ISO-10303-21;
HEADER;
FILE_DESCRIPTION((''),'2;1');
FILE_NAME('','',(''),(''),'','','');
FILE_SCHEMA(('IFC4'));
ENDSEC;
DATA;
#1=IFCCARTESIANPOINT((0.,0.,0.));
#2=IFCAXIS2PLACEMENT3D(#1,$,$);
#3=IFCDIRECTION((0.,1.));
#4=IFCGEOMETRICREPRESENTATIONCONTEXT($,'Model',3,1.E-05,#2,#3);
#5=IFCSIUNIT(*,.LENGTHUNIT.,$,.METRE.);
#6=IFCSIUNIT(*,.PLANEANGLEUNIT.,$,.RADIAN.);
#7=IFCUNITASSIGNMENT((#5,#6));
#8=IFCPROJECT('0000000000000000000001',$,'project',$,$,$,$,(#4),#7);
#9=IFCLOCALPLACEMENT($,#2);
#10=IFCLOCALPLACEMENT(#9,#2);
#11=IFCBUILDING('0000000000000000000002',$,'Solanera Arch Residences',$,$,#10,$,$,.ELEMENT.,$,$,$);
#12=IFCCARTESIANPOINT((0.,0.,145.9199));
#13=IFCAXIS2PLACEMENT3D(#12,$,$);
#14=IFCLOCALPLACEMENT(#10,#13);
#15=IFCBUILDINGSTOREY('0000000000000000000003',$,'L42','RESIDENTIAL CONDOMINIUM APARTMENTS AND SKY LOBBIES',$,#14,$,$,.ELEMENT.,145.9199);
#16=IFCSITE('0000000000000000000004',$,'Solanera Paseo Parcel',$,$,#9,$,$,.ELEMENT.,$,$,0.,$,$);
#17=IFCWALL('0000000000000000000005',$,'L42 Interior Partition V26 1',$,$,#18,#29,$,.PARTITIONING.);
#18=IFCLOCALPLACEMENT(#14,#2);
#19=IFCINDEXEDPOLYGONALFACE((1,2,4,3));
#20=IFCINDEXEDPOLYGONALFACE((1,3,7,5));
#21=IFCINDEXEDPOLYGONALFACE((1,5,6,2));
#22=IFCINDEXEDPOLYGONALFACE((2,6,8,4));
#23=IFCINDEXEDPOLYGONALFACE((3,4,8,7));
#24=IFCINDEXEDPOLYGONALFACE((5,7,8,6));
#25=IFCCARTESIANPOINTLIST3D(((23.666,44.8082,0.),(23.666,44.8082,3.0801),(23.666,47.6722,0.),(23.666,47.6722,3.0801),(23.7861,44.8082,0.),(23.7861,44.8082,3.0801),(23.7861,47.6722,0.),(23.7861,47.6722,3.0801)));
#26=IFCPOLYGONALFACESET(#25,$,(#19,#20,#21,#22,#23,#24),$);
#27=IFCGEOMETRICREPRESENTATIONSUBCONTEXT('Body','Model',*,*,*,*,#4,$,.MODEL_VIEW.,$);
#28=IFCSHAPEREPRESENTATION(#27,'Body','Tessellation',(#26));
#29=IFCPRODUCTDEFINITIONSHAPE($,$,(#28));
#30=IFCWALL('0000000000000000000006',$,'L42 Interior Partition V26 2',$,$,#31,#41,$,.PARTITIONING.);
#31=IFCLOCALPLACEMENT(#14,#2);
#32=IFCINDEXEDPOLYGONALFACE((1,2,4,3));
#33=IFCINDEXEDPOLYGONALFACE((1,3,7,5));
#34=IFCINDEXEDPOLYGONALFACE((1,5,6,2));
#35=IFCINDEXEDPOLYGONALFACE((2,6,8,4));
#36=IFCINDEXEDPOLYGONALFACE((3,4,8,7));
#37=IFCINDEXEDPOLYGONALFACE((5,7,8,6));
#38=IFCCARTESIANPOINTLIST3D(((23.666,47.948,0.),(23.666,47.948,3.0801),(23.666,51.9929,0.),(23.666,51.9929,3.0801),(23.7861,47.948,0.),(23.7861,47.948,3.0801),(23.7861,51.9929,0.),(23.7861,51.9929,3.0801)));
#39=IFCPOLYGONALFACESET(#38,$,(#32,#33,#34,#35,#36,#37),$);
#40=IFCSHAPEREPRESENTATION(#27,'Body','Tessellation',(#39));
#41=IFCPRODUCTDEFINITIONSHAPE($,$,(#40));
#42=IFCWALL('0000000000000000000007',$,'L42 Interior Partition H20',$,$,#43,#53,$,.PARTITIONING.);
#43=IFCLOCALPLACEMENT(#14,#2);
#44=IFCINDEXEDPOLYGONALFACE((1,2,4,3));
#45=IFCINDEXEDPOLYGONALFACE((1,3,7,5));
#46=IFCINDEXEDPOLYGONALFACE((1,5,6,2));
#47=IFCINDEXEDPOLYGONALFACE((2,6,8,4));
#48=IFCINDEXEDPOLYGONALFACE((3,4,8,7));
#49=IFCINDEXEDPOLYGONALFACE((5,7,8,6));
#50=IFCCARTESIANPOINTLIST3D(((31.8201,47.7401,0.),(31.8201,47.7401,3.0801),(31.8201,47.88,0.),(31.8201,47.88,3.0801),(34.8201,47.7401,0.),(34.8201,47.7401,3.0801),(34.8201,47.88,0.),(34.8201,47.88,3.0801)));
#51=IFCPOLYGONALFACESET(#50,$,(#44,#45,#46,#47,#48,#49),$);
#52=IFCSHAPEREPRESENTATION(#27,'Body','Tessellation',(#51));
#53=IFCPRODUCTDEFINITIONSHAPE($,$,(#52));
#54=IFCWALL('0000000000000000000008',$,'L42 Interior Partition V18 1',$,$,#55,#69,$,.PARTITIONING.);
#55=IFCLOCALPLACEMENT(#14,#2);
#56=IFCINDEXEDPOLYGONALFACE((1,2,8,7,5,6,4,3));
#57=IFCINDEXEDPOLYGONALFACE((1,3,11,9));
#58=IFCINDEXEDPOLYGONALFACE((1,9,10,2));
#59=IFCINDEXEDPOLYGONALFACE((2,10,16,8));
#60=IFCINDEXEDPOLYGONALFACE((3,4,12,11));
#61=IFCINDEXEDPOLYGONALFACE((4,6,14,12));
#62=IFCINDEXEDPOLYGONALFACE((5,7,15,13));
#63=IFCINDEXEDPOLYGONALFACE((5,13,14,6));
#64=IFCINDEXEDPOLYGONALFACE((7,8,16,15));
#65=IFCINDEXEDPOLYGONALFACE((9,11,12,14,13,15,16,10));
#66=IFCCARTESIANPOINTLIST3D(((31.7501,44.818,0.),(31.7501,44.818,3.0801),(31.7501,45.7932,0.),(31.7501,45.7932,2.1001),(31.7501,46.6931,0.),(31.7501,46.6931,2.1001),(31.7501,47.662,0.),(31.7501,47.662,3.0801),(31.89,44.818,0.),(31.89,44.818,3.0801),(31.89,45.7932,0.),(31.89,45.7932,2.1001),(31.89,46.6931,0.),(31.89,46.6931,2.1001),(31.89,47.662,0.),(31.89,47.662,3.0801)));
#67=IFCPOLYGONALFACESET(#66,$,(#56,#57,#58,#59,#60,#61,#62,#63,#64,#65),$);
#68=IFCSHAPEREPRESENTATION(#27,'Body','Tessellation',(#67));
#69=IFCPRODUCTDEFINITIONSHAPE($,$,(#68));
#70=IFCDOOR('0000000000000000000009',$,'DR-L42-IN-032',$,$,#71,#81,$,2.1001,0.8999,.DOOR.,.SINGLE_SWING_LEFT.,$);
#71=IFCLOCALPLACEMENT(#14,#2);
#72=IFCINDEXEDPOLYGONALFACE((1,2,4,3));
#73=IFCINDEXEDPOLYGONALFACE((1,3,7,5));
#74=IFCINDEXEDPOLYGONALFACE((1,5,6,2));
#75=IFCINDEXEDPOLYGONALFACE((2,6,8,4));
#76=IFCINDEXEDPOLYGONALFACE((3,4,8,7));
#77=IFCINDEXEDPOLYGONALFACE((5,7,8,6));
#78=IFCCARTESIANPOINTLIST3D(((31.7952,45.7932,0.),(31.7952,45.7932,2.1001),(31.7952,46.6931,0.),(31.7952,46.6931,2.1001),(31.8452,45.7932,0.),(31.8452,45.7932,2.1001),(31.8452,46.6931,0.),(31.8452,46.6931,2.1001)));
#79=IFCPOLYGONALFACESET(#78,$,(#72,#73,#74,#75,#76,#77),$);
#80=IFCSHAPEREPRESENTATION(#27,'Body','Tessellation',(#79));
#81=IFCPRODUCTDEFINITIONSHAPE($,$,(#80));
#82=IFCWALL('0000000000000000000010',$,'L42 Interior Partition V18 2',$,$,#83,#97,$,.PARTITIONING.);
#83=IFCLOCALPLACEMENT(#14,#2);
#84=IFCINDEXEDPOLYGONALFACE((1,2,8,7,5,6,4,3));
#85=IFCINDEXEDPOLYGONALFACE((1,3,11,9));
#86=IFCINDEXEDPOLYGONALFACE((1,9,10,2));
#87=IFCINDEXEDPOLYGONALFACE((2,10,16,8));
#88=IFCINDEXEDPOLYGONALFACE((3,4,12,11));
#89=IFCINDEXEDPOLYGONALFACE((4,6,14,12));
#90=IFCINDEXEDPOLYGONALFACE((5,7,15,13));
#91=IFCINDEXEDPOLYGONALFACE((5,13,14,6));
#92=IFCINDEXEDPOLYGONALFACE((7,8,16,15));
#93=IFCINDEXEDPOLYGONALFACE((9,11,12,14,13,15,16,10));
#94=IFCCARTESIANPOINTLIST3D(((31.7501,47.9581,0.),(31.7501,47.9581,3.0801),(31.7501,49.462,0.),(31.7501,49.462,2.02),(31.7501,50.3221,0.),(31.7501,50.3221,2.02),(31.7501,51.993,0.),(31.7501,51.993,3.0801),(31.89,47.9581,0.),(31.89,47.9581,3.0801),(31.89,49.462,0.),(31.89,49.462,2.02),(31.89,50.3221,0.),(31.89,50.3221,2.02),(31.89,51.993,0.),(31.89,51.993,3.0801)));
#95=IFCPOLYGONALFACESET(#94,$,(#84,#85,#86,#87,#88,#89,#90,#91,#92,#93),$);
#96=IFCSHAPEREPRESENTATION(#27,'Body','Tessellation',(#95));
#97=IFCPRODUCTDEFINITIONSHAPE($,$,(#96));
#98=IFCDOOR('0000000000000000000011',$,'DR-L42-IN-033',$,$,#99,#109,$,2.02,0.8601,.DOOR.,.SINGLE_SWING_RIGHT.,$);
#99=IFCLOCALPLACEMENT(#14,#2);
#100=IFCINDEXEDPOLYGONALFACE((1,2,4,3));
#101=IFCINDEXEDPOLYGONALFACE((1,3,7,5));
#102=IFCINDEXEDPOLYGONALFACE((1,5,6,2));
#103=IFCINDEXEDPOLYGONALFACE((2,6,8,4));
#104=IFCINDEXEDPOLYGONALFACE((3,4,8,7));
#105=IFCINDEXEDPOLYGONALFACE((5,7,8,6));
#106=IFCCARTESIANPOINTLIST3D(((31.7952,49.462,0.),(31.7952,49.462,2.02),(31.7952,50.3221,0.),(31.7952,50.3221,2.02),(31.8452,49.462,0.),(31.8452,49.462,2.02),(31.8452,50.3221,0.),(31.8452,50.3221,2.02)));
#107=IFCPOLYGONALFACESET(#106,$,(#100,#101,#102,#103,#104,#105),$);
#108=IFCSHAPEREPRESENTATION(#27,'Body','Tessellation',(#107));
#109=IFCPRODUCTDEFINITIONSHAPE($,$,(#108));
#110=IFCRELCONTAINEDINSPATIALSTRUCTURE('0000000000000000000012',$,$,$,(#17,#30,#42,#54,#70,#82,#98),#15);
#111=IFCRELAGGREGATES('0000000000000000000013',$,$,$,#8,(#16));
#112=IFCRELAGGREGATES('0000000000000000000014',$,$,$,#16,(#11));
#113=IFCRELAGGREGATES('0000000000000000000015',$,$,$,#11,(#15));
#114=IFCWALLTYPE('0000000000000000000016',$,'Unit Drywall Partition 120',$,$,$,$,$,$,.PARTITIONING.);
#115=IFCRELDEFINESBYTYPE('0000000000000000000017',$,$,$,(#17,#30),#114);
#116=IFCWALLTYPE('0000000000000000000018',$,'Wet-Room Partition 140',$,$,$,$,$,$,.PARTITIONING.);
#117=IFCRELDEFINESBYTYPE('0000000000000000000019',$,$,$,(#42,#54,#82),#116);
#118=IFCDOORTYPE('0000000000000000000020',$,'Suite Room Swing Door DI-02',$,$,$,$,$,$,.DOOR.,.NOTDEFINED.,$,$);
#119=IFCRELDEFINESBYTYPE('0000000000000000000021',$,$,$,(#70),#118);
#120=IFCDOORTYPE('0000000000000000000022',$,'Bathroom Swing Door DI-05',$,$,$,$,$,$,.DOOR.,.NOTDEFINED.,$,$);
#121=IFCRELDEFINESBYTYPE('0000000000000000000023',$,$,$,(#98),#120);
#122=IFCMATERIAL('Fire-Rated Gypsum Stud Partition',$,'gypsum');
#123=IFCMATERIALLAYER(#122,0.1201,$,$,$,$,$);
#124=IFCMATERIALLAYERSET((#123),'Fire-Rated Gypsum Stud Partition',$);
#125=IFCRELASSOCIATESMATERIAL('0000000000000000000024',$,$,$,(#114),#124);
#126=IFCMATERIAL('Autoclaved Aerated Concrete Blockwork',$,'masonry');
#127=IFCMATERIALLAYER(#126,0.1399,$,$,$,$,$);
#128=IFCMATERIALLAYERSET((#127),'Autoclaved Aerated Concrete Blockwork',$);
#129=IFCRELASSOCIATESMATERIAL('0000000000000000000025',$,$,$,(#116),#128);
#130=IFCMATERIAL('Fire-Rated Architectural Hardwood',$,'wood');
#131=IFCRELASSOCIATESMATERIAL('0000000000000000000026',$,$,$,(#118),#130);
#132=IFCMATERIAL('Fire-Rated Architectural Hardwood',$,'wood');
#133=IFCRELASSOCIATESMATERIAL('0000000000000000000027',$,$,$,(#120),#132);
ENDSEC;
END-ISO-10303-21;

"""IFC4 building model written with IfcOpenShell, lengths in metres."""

from ifc_helpers import new_model, si_unit, direction, frame, frame_2d, origin, place, context, subcontext, project, spatial, rectangle, extrude, material, layer, layer_set, type_object, element, fill, save


model = new_model("IFC4")

# Units and contexts
model_context = context("Model", 3, precision=1e-05, world=origin(), true_north=direction((0.0, 1.0)))
body_context = subcontext(model_context, "Body", "Model", "MODEL_VIEW")
ifc_project = project(units=[si_unit("LENGTHUNIT", "METRE"), si_unit("PLANEANGLEUNIT", "RADIAN")], contexts=[model_context])

# Site, building, storey
site_placement = place(None, origin())
site = spatial("IfcSite", under=ifc_project, at=site_placement, Name="Solanera Paseo Parcel", CompositionType="ELEMENT", RefElevation=0.0)
building_placement = place(site_placement, origin())
building = spatial("IfcBuilding", under=site, at=building_placement, Name="Solanera Arch Residences", CompositionType="ELEMENT")
storey_placement = place(building_placement, frame((0.0, 0.0, 145.9199)))
storey = spatial("IfcBuildingStorey", under=building, at=storey_placement, Name="L42", Description="RESIDENTIAL CONDOMINIUM APARTMENTS AND SKY LOBBIES", CompositionType="ELEMENT", Elevation=145.9199)

# Walls
ifc_material_1 = material(Name="Fire-Rated Gypsum Stud Partition", Category="gypsum")
ifc_layer_1 = layer(ifc_material_1, 0.1201)
ifc_layer_set_1 = layer_set([ifc_layer_1], Name="Fire-Rated Gypsum Stud Partition")
wall_type_1 = type_object("IfcWallType", Name="Unit Drywall Partition 120", PredefinedType="PARTITIONING", material=ifc_layer_set_1)
wall_1_placement = place(storey_placement, frame((23.7261, 44.8081, 0.0), z_axis=(0.0, 0.0, 1.0), x_axis=(0.0, 1.0, 0.0)))
element("IfcWall", 1, at=wall_1_placement, inside=storey, type_object=wall_type_1, Name="L42 Interior Partition V26 1", PredefinedType="PARTITIONING", context=body_context, shape_type="SweptSolid", body=[
    extrude(rectangle(XDim=2.864, YDim=0.1201, at=frame_2d((1.4321, 0.0))), origin(), (0.0, 0.0, 1.0), 3.0801),
])
wall_2_placement = place(storey_placement, frame((23.7261, 47.948, 0.0), z_axis=(0.0, 0.0, 1.0), x_axis=(0.0, 1.0, 0.0)))
element("IfcWall", 2, at=wall_2_placement, inside=storey, type_object=wall_type_1, Name="L42 Interior Partition V26 2", PredefinedType="PARTITIONING", context=body_context, shape_type="SweptSolid", body=[
    extrude(rectangle(XDim=4.0449, YDim=0.1201, at=frame_2d((2.0225, 0.0))), origin(), (0.0, 0.0, 1.0), 3.0801),
])
ifc_material_2 = material(Name="Autoclaved Aerated Concrete Blockwork", Category="masonry")
ifc_layer_2 = layer(ifc_material_2, 0.1399)
ifc_layer_set_2 = layer_set([ifc_layer_2], Name="Autoclaved Aerated Concrete Blockwork")
wall_type_2 = type_object("IfcWallType", Name="Wet-Room Partition 140", PredefinedType="PARTITIONING", material=ifc_layer_set_2)
wall_3_placement = place(storey_placement, frame((31.8201, 47.8101, 0.0), z_axis=(0.0, 0.0, 1.0), x_axis=(1.0, 0.0, 0.0)))
element("IfcWall", 3, at=wall_3_placement, inside=storey, type_object=wall_type_2, Name="L42 Interior Partition H20", PredefinedType="PARTITIONING", context=body_context, shape_type="SweptSolid", body=[
    extrude(rectangle(XDim=3.0, YDim=0.1399, at=frame_2d((1.5, 0.0))), origin(), (0.0, 0.0, 1.0), 3.0801),
])

# Walls, openings, doors
wall_4_placement = place(storey_placement, frame((31.8201, 44.8181, 0.0), z_axis=(0.0, 0.0, 1.0), x_axis=(0.0, 1.0, 0.0)))
wall_4 = element("IfcWall", 4, at=wall_4_placement, inside=storey, type_object=wall_type_2, Name="L42 Interior Partition V18 1", PredefinedType="PARTITIONING", context=body_context, shape_type="SweptSolid", body=[
    extrude(rectangle(XDim=2.844, YDim=0.1399, at=frame_2d((1.4219, 0.0))), origin(), (0.0, 0.0, 1.0), 3.0801),
])
opening_1_placement = place(wall_4_placement, frame((0.9751, 0.0, 0.0)))
opening_1 = element("IfcOpeningElement", 5, at=opening_1_placement, cuts=wall_4, PredefinedType="OPENING", context=body_context, shape_type="SweptSolid", body=[
    extrude(rectangle(XDim=0.8999, YDim=2.1001, at=frame_2d((0.45, 1.05))), frame((0.0, 0.0798, 0.0), z_axis=(0.0, -1.0, 0.0), x_axis=(1.0, 0.0, 0.0)), (0.0, 0.0, 1.0), 0.1599),
])
ifc_material_3 = material(Name="Fire-Rated Architectural Hardwood", Category="wood")
door_type_1 = type_object("IfcDoorType", Name="Suite Room Swing Door DI-02", OperationType="NOTDEFINED", PredefinedType="DOOR", material=ifc_material_3)
door_1_placement = place(opening_1_placement, origin())
door_1 = element("IfcDoor", 6, at=door_1_placement, inside=storey, type_object=door_type_1, Name="DR-L42-IN-032", OperationType="SINGLE_SWING_LEFT", OverallHeight=2.1001, OverallWidth=0.8999, PredefinedType="DOOR", context=body_context, shape_type="SweptSolid", body=[
    extrude(rectangle(XDim=0.8999, YDim=2.1001, at=frame_2d((0.45, 1.05))), frame((0.0, 0.0249, 0.0), z_axis=(0.0, -1.0, 0.0), x_axis=(1.0, 0.0, 0.0)), (0.0, 0.0, 1.0), 0.05),
])
fill(opening_1, door_1)
wall_5_placement = place(storey_placement, frame((31.8201, 47.958, 0.0), z_axis=(0.0, 0.0, 1.0), x_axis=(0.0, 1.0, 0.0)))
wall_5 = element("IfcWall", 7, at=wall_5_placement, inside=storey, type_object=wall_type_2, Name="L42 Interior Partition V18 2", PredefinedType="PARTITIONING", context=body_context, shape_type="SweptSolid", body=[
    extrude(rectangle(XDim=4.0349, YDim=0.1399, at=frame_2d((2.0176, 0.0))), origin(), (0.0, 0.0, 1.0), 3.0801),
])
opening_2_placement = place(wall_5_placement, frame((1.5039, 0.0, 0.0)))
opening_2 = element("IfcOpeningElement", 8, at=opening_2_placement, cuts=wall_5, PredefinedType="OPENING", context=body_context, shape_type="SweptSolid", body=[
    extrude(rectangle(XDim=0.8601, YDim=2.02, at=frame_2d((0.4302, 1.01))), frame((0.0, 0.0798, 0.0), z_axis=(0.0, -1.0, 0.0), x_axis=(1.0, 0.0, 0.0)), (0.0, 0.0, 1.0), 0.1599),
])
ifc_material_4 = material(Name="Fire-Rated Architectural Hardwood", Category="wood")
door_type_2 = type_object("IfcDoorType", Name="Bathroom Swing Door DI-05", OperationType="NOTDEFINED", PredefinedType="DOOR", material=ifc_material_4)
door_2_placement = place(opening_2_placement, origin())
door_2 = element("IfcDoor", 9, at=door_2_placement, inside=storey, type_object=door_type_2, Name="DR-L42-IN-033", OperationType="SINGLE_SWING_RIGHT", OverallHeight=2.02, OverallWidth=0.8601, PredefinedType="DOOR", context=body_context, shape_type="SweptSolid", body=[
    extrude(rectangle(XDim=0.8601, YDim=2.02, at=frame_2d((0.4302, 1.01))), frame((0.0, 0.0249, 0.0), z_axis=(0.0, -1.0, 0.0), x_axis=(1.0, 0.0, 0.0)), (0.0, 0.0, 1.0), 0.05),
])
fill(opening_2, door_2)

save(model, "model.ifc")
